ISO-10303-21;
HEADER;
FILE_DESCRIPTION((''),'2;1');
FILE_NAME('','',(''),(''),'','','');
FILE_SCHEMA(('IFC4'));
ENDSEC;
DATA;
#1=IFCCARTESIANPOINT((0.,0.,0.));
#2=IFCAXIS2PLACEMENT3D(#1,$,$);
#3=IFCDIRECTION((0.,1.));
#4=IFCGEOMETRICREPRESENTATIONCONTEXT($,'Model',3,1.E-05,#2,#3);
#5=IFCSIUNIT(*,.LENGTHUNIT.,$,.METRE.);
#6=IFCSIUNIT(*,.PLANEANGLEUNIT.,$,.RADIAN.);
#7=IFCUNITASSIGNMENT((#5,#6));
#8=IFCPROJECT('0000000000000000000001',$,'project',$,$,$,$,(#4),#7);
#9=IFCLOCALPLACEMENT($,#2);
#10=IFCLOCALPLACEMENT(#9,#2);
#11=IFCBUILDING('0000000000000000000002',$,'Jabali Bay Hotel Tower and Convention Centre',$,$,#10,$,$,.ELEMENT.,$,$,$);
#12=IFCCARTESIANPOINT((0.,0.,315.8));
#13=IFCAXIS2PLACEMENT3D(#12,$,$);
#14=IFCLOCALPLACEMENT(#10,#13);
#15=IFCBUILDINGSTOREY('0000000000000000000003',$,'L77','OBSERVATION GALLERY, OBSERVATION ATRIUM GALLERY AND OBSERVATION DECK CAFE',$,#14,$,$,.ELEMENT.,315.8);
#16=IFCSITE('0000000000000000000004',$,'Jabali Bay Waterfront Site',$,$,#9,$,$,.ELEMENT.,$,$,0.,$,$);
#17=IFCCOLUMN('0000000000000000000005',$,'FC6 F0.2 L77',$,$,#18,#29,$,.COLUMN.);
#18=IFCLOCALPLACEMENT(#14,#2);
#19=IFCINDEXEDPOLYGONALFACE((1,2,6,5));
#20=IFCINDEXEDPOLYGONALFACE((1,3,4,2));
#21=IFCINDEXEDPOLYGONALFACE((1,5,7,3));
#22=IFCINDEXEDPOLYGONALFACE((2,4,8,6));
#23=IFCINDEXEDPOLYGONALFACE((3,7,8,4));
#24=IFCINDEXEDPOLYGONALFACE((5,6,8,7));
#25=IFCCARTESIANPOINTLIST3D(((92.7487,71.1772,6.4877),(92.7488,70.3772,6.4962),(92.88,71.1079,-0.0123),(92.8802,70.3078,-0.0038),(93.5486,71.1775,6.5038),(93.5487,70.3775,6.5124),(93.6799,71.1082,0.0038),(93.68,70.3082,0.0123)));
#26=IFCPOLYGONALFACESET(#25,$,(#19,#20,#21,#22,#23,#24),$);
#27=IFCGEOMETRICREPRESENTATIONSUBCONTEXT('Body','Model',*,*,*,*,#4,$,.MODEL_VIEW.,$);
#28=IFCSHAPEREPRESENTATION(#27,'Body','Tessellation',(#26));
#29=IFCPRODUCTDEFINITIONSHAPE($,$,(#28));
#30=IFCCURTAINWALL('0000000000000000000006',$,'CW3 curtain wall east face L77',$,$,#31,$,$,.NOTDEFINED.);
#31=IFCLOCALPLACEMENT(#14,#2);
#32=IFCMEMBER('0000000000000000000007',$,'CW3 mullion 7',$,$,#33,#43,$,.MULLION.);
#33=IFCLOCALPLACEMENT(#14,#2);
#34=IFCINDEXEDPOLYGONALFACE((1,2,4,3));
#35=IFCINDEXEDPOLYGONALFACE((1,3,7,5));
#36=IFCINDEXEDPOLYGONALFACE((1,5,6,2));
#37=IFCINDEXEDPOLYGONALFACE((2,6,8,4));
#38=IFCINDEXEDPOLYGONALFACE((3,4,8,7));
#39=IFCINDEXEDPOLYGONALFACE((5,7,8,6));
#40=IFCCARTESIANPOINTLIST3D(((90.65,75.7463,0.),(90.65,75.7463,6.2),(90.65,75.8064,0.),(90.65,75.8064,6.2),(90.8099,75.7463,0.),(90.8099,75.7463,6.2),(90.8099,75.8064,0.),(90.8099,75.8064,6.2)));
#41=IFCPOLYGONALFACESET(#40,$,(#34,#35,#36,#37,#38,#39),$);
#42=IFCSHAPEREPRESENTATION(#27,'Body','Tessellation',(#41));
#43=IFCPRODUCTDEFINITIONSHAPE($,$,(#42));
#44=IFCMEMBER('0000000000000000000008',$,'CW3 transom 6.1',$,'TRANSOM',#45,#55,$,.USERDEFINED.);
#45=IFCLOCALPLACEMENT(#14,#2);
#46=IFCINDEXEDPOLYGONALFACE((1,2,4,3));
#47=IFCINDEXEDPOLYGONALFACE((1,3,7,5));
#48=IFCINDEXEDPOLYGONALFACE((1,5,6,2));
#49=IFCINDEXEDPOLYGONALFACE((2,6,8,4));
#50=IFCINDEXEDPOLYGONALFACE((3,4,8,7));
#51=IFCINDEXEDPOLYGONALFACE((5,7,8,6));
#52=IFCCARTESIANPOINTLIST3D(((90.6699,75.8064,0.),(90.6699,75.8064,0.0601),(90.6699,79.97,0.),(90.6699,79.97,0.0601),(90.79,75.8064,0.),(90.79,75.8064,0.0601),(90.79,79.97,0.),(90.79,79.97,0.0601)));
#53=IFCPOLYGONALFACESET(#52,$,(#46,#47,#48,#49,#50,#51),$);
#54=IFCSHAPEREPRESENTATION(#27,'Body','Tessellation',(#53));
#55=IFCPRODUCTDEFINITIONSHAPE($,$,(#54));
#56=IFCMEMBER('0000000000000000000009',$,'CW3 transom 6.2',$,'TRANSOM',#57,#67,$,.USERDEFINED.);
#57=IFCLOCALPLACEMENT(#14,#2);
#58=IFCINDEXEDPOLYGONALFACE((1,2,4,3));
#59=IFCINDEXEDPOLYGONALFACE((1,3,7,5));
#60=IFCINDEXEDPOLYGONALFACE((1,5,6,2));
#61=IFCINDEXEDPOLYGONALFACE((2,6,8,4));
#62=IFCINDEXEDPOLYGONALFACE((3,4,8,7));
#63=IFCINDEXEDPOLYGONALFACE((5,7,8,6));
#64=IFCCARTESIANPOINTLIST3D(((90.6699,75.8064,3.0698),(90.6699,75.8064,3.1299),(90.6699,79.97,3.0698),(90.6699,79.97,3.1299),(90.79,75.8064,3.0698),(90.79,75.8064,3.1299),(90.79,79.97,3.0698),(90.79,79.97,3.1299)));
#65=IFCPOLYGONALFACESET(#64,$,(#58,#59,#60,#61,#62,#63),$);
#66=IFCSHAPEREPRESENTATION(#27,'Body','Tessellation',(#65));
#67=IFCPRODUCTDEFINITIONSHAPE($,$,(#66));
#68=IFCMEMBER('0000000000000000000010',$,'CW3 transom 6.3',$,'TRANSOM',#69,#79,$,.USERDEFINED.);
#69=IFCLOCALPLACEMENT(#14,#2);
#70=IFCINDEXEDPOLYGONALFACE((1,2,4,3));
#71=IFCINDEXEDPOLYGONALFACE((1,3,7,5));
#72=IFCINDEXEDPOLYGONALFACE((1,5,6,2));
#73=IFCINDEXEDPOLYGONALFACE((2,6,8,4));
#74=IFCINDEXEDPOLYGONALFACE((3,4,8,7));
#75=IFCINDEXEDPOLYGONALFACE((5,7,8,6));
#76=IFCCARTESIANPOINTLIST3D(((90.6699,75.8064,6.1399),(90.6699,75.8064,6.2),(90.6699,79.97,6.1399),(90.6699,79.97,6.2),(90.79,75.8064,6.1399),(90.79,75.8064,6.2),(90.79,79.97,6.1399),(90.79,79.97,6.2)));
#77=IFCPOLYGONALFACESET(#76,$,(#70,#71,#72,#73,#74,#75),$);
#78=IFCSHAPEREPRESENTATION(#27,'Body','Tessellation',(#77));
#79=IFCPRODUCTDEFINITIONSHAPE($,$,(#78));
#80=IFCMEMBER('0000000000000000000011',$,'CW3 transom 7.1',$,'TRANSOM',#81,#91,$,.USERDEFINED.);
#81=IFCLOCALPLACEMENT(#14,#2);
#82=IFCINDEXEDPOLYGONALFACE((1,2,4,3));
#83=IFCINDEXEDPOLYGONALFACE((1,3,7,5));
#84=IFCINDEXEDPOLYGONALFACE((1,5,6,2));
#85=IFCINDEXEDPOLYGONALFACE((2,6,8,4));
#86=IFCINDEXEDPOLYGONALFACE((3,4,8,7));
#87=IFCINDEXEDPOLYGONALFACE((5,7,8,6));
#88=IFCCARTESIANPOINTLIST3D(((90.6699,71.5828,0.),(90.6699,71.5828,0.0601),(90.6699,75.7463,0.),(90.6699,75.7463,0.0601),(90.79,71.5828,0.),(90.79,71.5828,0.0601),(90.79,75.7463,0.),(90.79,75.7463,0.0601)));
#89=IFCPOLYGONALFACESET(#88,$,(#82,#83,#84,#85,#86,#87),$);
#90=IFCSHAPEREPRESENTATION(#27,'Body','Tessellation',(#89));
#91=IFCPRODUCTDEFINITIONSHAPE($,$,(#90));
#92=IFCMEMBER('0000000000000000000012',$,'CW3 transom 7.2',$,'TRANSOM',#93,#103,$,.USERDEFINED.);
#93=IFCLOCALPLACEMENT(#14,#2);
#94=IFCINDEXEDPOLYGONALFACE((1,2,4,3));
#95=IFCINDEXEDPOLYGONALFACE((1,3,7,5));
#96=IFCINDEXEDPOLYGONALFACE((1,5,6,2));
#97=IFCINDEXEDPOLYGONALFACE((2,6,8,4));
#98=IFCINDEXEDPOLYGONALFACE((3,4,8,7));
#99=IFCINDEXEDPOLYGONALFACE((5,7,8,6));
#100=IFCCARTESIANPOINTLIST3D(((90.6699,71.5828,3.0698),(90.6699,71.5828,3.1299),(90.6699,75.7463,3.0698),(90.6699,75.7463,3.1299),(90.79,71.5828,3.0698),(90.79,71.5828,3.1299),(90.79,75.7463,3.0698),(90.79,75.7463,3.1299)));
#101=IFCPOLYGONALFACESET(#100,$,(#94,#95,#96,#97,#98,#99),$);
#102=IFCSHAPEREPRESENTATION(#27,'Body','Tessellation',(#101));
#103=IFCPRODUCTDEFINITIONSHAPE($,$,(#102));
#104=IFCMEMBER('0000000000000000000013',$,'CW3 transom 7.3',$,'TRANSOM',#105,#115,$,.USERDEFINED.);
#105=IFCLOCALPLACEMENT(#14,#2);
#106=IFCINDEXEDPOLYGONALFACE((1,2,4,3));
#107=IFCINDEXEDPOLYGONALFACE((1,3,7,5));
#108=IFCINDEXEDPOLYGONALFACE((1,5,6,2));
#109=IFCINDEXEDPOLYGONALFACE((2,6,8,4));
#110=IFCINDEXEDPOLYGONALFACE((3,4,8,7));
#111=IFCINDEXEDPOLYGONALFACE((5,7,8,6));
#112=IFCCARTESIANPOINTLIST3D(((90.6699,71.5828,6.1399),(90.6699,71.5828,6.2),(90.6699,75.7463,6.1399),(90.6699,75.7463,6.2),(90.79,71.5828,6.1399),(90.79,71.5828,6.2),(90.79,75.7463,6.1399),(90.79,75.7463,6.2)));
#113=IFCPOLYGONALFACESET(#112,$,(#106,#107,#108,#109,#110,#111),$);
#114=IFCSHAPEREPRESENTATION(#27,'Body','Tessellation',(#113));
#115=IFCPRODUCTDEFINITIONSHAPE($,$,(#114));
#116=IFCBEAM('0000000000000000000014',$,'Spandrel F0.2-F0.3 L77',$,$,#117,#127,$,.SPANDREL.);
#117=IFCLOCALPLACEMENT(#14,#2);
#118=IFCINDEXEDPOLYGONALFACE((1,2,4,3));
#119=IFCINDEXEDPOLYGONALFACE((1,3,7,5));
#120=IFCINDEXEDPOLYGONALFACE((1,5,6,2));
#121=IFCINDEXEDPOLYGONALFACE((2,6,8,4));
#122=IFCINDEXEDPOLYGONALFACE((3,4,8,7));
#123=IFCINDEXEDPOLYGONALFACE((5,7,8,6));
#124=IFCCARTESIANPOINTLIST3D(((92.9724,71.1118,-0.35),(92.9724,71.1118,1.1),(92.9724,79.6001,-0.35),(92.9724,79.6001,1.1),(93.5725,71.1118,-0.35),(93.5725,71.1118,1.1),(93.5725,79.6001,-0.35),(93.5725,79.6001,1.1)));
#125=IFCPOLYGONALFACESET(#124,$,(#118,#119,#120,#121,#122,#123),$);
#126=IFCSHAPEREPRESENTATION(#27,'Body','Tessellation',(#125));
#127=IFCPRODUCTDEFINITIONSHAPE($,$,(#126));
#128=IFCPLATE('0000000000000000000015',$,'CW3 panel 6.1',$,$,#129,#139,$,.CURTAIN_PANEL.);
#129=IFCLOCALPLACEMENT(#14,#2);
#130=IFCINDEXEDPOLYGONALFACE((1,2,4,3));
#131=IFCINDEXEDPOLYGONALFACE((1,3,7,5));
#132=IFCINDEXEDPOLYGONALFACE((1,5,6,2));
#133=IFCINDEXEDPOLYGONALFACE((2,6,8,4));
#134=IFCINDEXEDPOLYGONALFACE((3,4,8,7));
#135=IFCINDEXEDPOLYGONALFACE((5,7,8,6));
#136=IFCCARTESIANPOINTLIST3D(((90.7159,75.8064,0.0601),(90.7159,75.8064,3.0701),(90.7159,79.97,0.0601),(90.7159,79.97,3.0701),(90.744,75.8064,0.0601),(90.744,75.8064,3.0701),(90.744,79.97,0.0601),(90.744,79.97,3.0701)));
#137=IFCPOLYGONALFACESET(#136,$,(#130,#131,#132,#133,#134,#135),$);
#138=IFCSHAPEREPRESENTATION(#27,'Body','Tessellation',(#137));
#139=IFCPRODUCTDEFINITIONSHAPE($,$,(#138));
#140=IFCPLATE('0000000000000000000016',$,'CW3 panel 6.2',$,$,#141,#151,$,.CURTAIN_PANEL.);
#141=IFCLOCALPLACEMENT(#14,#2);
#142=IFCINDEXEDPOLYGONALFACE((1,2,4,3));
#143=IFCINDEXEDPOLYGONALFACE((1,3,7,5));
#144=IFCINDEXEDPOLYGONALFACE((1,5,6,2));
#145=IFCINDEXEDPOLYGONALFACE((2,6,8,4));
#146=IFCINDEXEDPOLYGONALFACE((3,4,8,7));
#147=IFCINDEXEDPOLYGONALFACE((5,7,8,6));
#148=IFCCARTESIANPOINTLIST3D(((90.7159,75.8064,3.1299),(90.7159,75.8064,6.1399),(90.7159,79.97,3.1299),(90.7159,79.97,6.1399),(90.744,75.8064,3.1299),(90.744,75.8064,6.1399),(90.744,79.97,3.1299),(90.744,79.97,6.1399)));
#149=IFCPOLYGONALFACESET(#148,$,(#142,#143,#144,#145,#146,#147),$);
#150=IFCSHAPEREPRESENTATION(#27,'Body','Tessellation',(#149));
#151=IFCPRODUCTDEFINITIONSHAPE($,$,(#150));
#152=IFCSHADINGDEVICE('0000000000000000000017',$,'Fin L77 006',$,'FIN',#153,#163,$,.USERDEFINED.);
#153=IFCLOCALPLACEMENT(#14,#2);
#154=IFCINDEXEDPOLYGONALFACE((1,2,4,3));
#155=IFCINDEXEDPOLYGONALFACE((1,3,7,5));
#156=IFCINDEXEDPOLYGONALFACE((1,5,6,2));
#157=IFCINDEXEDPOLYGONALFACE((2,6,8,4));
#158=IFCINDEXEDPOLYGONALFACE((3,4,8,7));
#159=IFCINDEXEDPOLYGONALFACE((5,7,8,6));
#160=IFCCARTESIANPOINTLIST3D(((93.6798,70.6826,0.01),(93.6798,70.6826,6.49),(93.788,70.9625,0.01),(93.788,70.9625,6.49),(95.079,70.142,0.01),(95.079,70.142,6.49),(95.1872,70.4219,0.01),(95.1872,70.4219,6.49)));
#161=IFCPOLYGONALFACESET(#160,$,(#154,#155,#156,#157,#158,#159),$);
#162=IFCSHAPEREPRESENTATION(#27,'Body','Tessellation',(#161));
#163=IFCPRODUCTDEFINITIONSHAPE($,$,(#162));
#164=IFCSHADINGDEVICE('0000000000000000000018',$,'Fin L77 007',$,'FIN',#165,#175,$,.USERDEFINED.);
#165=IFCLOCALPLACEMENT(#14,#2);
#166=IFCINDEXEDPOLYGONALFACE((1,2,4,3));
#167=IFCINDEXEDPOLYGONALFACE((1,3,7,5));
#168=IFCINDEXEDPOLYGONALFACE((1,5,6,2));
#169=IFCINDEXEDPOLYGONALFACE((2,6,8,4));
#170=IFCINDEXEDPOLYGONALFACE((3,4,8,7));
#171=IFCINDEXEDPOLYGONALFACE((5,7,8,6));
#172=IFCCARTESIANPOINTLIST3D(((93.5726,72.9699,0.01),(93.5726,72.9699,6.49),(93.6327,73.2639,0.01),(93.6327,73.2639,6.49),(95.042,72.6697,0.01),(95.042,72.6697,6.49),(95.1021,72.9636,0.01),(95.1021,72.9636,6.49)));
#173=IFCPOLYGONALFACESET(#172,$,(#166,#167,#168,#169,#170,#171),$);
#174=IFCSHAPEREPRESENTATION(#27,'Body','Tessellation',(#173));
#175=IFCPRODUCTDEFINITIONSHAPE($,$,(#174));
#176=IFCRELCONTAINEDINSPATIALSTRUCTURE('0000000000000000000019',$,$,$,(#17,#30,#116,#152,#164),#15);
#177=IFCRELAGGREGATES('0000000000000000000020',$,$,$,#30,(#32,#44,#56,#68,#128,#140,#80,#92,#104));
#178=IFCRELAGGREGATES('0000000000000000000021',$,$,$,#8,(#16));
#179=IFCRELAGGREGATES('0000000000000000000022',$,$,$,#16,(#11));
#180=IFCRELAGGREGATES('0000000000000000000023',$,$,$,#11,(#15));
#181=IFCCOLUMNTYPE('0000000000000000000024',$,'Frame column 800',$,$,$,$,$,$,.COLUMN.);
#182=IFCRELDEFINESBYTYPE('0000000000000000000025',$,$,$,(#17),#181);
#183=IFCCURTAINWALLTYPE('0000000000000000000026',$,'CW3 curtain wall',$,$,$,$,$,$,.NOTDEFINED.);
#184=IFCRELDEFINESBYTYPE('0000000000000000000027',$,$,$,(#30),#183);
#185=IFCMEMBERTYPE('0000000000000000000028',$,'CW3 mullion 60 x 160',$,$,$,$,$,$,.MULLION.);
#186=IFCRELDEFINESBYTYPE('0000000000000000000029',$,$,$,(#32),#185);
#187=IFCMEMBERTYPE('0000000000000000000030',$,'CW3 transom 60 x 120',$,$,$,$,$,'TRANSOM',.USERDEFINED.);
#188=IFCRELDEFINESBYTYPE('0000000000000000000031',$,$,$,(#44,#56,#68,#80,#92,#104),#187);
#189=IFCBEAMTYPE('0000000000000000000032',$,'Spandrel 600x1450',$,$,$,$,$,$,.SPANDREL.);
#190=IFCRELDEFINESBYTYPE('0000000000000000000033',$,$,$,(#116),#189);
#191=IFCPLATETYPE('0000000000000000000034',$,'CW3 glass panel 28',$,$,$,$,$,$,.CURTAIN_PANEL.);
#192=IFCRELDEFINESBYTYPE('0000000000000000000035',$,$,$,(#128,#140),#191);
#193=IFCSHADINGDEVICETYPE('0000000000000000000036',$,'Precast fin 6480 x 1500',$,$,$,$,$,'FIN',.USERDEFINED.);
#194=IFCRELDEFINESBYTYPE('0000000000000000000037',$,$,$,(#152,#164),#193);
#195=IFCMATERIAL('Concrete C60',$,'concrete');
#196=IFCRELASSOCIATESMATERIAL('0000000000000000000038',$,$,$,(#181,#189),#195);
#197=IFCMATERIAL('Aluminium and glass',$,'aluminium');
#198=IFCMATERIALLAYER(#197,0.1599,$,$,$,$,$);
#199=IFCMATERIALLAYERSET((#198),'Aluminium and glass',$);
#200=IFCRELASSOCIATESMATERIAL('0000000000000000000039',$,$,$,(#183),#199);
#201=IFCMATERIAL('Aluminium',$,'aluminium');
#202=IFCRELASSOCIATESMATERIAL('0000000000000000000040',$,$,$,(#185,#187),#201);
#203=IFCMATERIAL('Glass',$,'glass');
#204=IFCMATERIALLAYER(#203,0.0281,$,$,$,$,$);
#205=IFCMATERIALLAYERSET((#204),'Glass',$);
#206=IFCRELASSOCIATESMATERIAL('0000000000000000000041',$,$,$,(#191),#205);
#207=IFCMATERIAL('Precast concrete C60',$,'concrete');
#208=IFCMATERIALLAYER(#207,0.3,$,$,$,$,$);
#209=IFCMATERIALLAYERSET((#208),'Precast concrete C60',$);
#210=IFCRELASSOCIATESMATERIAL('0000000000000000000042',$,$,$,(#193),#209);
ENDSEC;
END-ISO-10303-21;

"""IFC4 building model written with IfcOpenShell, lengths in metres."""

from ifc_helpers import new_model, si_unit, direction, frame, frame_2d, origin, origin_2d, place, context, subcontext, project, spatial, rectangle, extrude, material, layer, layer_set, material_profile, profile_set, type_object, element, aggregate, save


model = new_model("IFC4")

# Units and contexts
model_context = context("Model", 3, precision=1e-05, world=origin(), true_north=direction((0.0, 1.0)))
body_context = subcontext(model_context, "Body", "Model", "MODEL_VIEW")
ifc_project = project(units=[si_unit("LENGTHUNIT", "METRE"), si_unit("PLANEANGLEUNIT", "RADIAN")], contexts=[model_context])

# Site, building, storey
site_placement = place(None, origin())
site = spatial("IfcSite", under=ifc_project, at=site_placement, Name="Jabali Bay Waterfront Site", CompositionType="ELEMENT", RefElevation=0.0)
building_placement = place(site_placement, origin())
building = spatial("IfcBuilding", under=site, at=building_placement, Name="Jabali Bay Hotel Tower and Convention Centre", CompositionType="ELEMENT")
storey_placement = place(building_placement, frame((0.0, 0.0, 315.8)))
storey = spatial("IfcBuildingStorey", under=building, at=storey_placement, Name="L77", Description="OBSERVATION GALLERY, OBSERVATION ATRIUM GALLERY AND OBSERVATION DECK CAFE", CompositionType="ELEMENT", Elevation=315.8)

# Column
ifc_material_1 = material(Name="Concrete C60", Category="concrete")
ifc_material_profile_1 = material_profile(ifc_material_1, rectangle(XDim=0.8, YDim=0.8, at=origin_2d()), Name="Frame column 800")
ifc_profile_set_1 = profile_set([ifc_material_profile_1], Name="Concrete C60")
column_type = type_object("IfcColumnType", Name="Frame column 800", PredefinedType="COLUMN", material=ifc_profile_set_1)
column_placement = place(storey_placement, frame((93.28, 70.708, 0.0), z_axis=(-0.020202, 0.010664, 0.999739), x_axis=(0.00018, -0.999943, 0.01067)))
element("IfcColumn", 1, at=column_placement, inside=storey, type_object=column_type, Name="FC6 F0.2 L77", PredefinedType="COLUMN", context=body_context, shape_type="SweptSolid", body=[
    extrude(rectangle(XDim=0.8, YDim=0.8, at=origin_2d()), origin(), (0.0, 0.0, 1.0), 6.5017),
])

# Curtain wall, members
ifc_material_2 = material(Name="Aluminium and glass", Category="aluminium")
ifc_layer_1 = layer(ifc_material_2, 0.1599)
ifc_layer_set_1 = layer_set([ifc_layer_1], Name="Aluminium and glass")
curtain_wall_type = type_object("IfcCurtainWallType", Name="CW3 curtain wall", PredefinedType="NOTDEFINED", material=ifc_layer_set_1)
curtain_wall_placement = place(storey_placement, origin())
curtain_wall = element("IfcCurtainWall", 2, at=curtain_wall_placement, inside=storey, type_object=curtain_wall_type, Name="CW3 curtain wall east face L77", PredefinedType="NOTDEFINED")
ifc_material_3 = material(Name="Aluminium", Category="aluminium")
ifc_material_profile_2 = material_profile(ifc_material_3, rectangle(XDim=0.1599, YDim=0.0601, at=origin_2d()), Name="CW3 mullion 60 x 160")
ifc_profile_set_2 = profile_set([ifc_material_profile_2], Name="Aluminium")
member_type_1 = type_object("IfcMemberType", Name="CW3 mullion 60 x 160", PredefinedType="MULLION", material=ifc_profile_set_2)
member_1_placement = place(storey_placement, frame((90.73, 75.7764, 0.0), z_axis=(0.0, 0.0, 1.0), x_axis=(1.0, 0.0, 0.0)))
member_1 = element("IfcMember", 3, at=member_1_placement, type_object=member_type_1, Name="CW3 mullion 7", PredefinedType="MULLION", context=body_context, shape_type="SweptSolid", body=[
    extrude(rectangle(XDim=0.1599, YDim=0.0601, at=origin_2d()), origin(), (0.0, 0.0, 1.0), 6.2),
])
ifc_material_profile_3 = material_profile(ifc_material_3, rectangle(XDim=0.1201, YDim=0.0601, at=origin_2d()), Name="CW3 transom 60 x 120")
ifc_profile_set_3 = profile_set([ifc_material_profile_3], Name="Aluminium")
member_type_2 = type_object("IfcMemberType", Name="CW3 transom 60 x 120", ElementType="TRANSOM", PredefinedType="USERDEFINED", material=ifc_profile_set_3)
member_2_placement = place(storey_placement, frame((90.73, 79.97, 0.03), z_axis=(0.0, -1.0, 0.0), x_axis=(1.0, 0.0, 0.0)))
member_2 = element("IfcMember", 4, at=member_2_placement, type_object=member_type_2, Name="CW3 transom 6.1", ObjectType="TRANSOM", PredefinedType="USERDEFINED", context=body_context, shape_type="SweptSolid", body=[
    extrude(rectangle(XDim=0.1201, YDim=0.0601, at=origin_2d()), origin(), (0.0, 0.0, 1.0), 4.1636),
])
member_3_placement = place(storey_placement, frame((90.73, 79.97, 3.0999), z_axis=(0.0, -1.0, 0.0), x_axis=(1.0, 0.0, 0.0)))
member_3 = element("IfcMember", 5, at=member_3_placement, type_object=member_type_2, Name="CW3 transom 6.2", ObjectType="TRANSOM", PredefinedType="USERDEFINED", context=body_context, shape_type="SweptSolid", body=[
    extrude(rectangle(XDim=0.1201, YDim=0.0601, at=origin_2d()), origin(), (0.0, 0.0, 1.0), 4.1636),
])
member_4_placement = place(storey_placement, frame((90.73, 79.97, 6.1699), z_axis=(0.0, -1.0, 0.0), x_axis=(1.0, 0.0, 0.0)))
member_4 = element("IfcMember", 6, at=member_4_placement, type_object=member_type_2, Name="CW3 transom 6.3", ObjectType="TRANSOM", PredefinedType="USERDEFINED", context=body_context, shape_type="SweptSolid", body=[
    extrude(rectangle(XDim=0.1201, YDim=0.0601, at=origin_2d()), origin(), (0.0, 0.0, 1.0), 4.1636),
])
member_5_placement = place(storey_placement, frame((90.73, 75.7463, 0.03), z_axis=(0.0, -1.0, 0.0), x_axis=(1.0, 0.0, 0.0)))
member_5 = element("IfcMember", 7, at=member_5_placement, type_object=member_type_2, Name="CW3 transom 7.1", ObjectType="TRANSOM", PredefinedType="USERDEFINED", context=body_context, shape_type="SweptSolid", body=[
    extrude(rectangle(XDim=0.1201, YDim=0.0601, at=origin_2d()), origin(), (0.0, 0.0, 1.0), 4.1636),
])
member_6_placement = place(storey_placement, frame((90.73, 75.7463, 3.0999), z_axis=(0.0, -1.0, 0.0), x_axis=(1.0, 0.0, 0.0)))
member_6 = element("IfcMember", 8, at=member_6_placement, type_object=member_type_2, Name="CW3 transom 7.2", ObjectType="TRANSOM", PredefinedType="USERDEFINED", context=body_context, shape_type="SweptSolid", body=[
    extrude(rectangle(XDim=0.1201, YDim=0.0601, at=origin_2d()), origin(), (0.0, 0.0, 1.0), 4.1636),
])
member_7_placement = place(storey_placement, frame((90.73, 75.7463, 6.1699), z_axis=(0.0, -1.0, 0.0), x_axis=(1.0, 0.0, 0.0)))
member_7 = element("IfcMember", 9, at=member_7_placement, type_object=member_type_2, Name="CW3 transom 7.3", ObjectType="TRANSOM", PredefinedType="USERDEFINED", context=body_context, shape_type="SweptSolid", body=[
    extrude(rectangle(XDim=0.1201, YDim=0.0601, at=origin_2d()), origin(), (0.0, 0.0, 1.0), 4.1636),
])

# Beam
ifc_material_profile_4 = material_profile(ifc_material_1, rectangle(XDim=0.6001, YDim=1.45, at=origin_2d()), Name="Spandrel 600x1450")
ifc_profile_set_4 = profile_set([ifc_material_profile_4], Name="Concrete C60")
beam_type = type_object("IfcBeamType", Name="Spandrel 600x1450", PredefinedType="SPANDREL", material=ifc_profile_set_4)
beam_placement = place(storey_placement, frame((93.2725, 71.1118, 0.375), z_axis=(0.0, 1.0, 0.0), x_axis=(-1.0, 0.0, 0.0)))
element("IfcBeam", 10, at=beam_placement, inside=storey, type_object=beam_type, Name="Spandrel F0.2-F0.3 L77", PredefinedType="SPANDREL", context=body_context, shape_type="SweptSolid", body=[
    extrude(rectangle(XDim=0.6001, YDim=1.45, at=origin_2d()), origin(), (0.0, 0.0, 1.0), 8.4883),
])

# Plates
ifc_material_4 = material(Name="Glass", Category="glass")
ifc_layer_2 = layer(ifc_material_4, 0.0281)
ifc_layer_set_2 = layer_set([ifc_layer_2], Name="Glass")
plate_type = type_object("IfcPlateType", Name="CW3 glass panel 28", PredefinedType="CURTAIN_PANEL", material=ifc_layer_set_2)
plate_1_placement = place(storey_placement, frame((90.73, 77.8882, 0.0601), z_axis=(0.0, 0.0, 1.0), x_axis=(0.0, -1.0, 0.0)))
plate_1 = element("IfcPlate", 11, at=plate_1_placement, type_object=plate_type, Name="CW3 panel 6.1", PredefinedType="CURTAIN_PANEL", context=body_context, shape_type="SweptSolid", body=[
    extrude(rectangle(XDim=4.1636, YDim=0.0281, at=origin_2d()), origin(), (0.0, 0.0, 1.0), 3.01),
])
plate_2_placement = place(storey_placement, frame((90.73, 77.8882, 3.1299), z_axis=(0.0, 0.0, 1.0), x_axis=(0.0, -1.0, 0.0)))
plate_2 = element("IfcPlate", 12, at=plate_2_placement, type_object=plate_type, Name="CW3 panel 6.2", PredefinedType="CURTAIN_PANEL", context=body_context, shape_type="SweptSolid", body=[
    extrude(rectangle(XDim=4.1636, YDim=0.0281, at=origin_2d()), origin(), (0.0, 0.0, 1.0), 3.01),
])
aggregate(curtain_wall, [member_1, member_2, member_3, member_4, plate_1, plate_2, member_5, member_6, member_7])

# Shading devices
ifc_material_5 = material(Name="Precast concrete C60", Category="concrete")
ifc_layer_3 = layer(ifc_material_5, 0.3)
ifc_layer_set_3 = layer_set([ifc_layer_3], Name="Precast concrete C60")
shading_device_type = type_object("IfcShadingDeviceType", Name="Precast fin 6480 x 1500", ElementType="FIN", PredefinedType="USERDEFINED", material=ifc_layer_set_3)
shading_device_1_placement = place(storey_placement, frame((93.7339, 70.8225, 0.01), z_axis=(0.0, 0.0, 1.0), x_axis=(0.932812, -0.360364, 0.0)))
element("IfcShadingDevice", 13, at=shading_device_1_placement, inside=storey, type_object=shading_device_type, Name="Fin L77 006", ObjectType="FIN", PredefinedType="USERDEFINED", context=body_context, shape_type="SweptSolid", body=[
    extrude(rectangle(XDim=1.5, YDim=0.3, at=frame_2d((0.75, 0.0))), origin(), (0.0, 0.0, 1.0), 6.48),
])
shading_device_2_placement = place(storey_placement, frame((93.6025, 73.1169, 0.01), z_axis=(0.0, 0.0, 1.0), x_axis=(0.979752, -0.200215, 0.0)))
element("IfcShadingDevice", 14, at=shading_device_2_placement, inside=storey, type_object=shading_device_type, Name="Fin L77 007", ObjectType="FIN", PredefinedType="USERDEFINED", context=body_context, shape_type="SweptSolid", body=[
    extrude(rectangle(XDim=1.4998, YDim=0.3, at=frame_2d((0.75, 0.0))), origin(), (0.0, 0.0, 1.0), 6.48),
])

save(model, "model.ifc")
